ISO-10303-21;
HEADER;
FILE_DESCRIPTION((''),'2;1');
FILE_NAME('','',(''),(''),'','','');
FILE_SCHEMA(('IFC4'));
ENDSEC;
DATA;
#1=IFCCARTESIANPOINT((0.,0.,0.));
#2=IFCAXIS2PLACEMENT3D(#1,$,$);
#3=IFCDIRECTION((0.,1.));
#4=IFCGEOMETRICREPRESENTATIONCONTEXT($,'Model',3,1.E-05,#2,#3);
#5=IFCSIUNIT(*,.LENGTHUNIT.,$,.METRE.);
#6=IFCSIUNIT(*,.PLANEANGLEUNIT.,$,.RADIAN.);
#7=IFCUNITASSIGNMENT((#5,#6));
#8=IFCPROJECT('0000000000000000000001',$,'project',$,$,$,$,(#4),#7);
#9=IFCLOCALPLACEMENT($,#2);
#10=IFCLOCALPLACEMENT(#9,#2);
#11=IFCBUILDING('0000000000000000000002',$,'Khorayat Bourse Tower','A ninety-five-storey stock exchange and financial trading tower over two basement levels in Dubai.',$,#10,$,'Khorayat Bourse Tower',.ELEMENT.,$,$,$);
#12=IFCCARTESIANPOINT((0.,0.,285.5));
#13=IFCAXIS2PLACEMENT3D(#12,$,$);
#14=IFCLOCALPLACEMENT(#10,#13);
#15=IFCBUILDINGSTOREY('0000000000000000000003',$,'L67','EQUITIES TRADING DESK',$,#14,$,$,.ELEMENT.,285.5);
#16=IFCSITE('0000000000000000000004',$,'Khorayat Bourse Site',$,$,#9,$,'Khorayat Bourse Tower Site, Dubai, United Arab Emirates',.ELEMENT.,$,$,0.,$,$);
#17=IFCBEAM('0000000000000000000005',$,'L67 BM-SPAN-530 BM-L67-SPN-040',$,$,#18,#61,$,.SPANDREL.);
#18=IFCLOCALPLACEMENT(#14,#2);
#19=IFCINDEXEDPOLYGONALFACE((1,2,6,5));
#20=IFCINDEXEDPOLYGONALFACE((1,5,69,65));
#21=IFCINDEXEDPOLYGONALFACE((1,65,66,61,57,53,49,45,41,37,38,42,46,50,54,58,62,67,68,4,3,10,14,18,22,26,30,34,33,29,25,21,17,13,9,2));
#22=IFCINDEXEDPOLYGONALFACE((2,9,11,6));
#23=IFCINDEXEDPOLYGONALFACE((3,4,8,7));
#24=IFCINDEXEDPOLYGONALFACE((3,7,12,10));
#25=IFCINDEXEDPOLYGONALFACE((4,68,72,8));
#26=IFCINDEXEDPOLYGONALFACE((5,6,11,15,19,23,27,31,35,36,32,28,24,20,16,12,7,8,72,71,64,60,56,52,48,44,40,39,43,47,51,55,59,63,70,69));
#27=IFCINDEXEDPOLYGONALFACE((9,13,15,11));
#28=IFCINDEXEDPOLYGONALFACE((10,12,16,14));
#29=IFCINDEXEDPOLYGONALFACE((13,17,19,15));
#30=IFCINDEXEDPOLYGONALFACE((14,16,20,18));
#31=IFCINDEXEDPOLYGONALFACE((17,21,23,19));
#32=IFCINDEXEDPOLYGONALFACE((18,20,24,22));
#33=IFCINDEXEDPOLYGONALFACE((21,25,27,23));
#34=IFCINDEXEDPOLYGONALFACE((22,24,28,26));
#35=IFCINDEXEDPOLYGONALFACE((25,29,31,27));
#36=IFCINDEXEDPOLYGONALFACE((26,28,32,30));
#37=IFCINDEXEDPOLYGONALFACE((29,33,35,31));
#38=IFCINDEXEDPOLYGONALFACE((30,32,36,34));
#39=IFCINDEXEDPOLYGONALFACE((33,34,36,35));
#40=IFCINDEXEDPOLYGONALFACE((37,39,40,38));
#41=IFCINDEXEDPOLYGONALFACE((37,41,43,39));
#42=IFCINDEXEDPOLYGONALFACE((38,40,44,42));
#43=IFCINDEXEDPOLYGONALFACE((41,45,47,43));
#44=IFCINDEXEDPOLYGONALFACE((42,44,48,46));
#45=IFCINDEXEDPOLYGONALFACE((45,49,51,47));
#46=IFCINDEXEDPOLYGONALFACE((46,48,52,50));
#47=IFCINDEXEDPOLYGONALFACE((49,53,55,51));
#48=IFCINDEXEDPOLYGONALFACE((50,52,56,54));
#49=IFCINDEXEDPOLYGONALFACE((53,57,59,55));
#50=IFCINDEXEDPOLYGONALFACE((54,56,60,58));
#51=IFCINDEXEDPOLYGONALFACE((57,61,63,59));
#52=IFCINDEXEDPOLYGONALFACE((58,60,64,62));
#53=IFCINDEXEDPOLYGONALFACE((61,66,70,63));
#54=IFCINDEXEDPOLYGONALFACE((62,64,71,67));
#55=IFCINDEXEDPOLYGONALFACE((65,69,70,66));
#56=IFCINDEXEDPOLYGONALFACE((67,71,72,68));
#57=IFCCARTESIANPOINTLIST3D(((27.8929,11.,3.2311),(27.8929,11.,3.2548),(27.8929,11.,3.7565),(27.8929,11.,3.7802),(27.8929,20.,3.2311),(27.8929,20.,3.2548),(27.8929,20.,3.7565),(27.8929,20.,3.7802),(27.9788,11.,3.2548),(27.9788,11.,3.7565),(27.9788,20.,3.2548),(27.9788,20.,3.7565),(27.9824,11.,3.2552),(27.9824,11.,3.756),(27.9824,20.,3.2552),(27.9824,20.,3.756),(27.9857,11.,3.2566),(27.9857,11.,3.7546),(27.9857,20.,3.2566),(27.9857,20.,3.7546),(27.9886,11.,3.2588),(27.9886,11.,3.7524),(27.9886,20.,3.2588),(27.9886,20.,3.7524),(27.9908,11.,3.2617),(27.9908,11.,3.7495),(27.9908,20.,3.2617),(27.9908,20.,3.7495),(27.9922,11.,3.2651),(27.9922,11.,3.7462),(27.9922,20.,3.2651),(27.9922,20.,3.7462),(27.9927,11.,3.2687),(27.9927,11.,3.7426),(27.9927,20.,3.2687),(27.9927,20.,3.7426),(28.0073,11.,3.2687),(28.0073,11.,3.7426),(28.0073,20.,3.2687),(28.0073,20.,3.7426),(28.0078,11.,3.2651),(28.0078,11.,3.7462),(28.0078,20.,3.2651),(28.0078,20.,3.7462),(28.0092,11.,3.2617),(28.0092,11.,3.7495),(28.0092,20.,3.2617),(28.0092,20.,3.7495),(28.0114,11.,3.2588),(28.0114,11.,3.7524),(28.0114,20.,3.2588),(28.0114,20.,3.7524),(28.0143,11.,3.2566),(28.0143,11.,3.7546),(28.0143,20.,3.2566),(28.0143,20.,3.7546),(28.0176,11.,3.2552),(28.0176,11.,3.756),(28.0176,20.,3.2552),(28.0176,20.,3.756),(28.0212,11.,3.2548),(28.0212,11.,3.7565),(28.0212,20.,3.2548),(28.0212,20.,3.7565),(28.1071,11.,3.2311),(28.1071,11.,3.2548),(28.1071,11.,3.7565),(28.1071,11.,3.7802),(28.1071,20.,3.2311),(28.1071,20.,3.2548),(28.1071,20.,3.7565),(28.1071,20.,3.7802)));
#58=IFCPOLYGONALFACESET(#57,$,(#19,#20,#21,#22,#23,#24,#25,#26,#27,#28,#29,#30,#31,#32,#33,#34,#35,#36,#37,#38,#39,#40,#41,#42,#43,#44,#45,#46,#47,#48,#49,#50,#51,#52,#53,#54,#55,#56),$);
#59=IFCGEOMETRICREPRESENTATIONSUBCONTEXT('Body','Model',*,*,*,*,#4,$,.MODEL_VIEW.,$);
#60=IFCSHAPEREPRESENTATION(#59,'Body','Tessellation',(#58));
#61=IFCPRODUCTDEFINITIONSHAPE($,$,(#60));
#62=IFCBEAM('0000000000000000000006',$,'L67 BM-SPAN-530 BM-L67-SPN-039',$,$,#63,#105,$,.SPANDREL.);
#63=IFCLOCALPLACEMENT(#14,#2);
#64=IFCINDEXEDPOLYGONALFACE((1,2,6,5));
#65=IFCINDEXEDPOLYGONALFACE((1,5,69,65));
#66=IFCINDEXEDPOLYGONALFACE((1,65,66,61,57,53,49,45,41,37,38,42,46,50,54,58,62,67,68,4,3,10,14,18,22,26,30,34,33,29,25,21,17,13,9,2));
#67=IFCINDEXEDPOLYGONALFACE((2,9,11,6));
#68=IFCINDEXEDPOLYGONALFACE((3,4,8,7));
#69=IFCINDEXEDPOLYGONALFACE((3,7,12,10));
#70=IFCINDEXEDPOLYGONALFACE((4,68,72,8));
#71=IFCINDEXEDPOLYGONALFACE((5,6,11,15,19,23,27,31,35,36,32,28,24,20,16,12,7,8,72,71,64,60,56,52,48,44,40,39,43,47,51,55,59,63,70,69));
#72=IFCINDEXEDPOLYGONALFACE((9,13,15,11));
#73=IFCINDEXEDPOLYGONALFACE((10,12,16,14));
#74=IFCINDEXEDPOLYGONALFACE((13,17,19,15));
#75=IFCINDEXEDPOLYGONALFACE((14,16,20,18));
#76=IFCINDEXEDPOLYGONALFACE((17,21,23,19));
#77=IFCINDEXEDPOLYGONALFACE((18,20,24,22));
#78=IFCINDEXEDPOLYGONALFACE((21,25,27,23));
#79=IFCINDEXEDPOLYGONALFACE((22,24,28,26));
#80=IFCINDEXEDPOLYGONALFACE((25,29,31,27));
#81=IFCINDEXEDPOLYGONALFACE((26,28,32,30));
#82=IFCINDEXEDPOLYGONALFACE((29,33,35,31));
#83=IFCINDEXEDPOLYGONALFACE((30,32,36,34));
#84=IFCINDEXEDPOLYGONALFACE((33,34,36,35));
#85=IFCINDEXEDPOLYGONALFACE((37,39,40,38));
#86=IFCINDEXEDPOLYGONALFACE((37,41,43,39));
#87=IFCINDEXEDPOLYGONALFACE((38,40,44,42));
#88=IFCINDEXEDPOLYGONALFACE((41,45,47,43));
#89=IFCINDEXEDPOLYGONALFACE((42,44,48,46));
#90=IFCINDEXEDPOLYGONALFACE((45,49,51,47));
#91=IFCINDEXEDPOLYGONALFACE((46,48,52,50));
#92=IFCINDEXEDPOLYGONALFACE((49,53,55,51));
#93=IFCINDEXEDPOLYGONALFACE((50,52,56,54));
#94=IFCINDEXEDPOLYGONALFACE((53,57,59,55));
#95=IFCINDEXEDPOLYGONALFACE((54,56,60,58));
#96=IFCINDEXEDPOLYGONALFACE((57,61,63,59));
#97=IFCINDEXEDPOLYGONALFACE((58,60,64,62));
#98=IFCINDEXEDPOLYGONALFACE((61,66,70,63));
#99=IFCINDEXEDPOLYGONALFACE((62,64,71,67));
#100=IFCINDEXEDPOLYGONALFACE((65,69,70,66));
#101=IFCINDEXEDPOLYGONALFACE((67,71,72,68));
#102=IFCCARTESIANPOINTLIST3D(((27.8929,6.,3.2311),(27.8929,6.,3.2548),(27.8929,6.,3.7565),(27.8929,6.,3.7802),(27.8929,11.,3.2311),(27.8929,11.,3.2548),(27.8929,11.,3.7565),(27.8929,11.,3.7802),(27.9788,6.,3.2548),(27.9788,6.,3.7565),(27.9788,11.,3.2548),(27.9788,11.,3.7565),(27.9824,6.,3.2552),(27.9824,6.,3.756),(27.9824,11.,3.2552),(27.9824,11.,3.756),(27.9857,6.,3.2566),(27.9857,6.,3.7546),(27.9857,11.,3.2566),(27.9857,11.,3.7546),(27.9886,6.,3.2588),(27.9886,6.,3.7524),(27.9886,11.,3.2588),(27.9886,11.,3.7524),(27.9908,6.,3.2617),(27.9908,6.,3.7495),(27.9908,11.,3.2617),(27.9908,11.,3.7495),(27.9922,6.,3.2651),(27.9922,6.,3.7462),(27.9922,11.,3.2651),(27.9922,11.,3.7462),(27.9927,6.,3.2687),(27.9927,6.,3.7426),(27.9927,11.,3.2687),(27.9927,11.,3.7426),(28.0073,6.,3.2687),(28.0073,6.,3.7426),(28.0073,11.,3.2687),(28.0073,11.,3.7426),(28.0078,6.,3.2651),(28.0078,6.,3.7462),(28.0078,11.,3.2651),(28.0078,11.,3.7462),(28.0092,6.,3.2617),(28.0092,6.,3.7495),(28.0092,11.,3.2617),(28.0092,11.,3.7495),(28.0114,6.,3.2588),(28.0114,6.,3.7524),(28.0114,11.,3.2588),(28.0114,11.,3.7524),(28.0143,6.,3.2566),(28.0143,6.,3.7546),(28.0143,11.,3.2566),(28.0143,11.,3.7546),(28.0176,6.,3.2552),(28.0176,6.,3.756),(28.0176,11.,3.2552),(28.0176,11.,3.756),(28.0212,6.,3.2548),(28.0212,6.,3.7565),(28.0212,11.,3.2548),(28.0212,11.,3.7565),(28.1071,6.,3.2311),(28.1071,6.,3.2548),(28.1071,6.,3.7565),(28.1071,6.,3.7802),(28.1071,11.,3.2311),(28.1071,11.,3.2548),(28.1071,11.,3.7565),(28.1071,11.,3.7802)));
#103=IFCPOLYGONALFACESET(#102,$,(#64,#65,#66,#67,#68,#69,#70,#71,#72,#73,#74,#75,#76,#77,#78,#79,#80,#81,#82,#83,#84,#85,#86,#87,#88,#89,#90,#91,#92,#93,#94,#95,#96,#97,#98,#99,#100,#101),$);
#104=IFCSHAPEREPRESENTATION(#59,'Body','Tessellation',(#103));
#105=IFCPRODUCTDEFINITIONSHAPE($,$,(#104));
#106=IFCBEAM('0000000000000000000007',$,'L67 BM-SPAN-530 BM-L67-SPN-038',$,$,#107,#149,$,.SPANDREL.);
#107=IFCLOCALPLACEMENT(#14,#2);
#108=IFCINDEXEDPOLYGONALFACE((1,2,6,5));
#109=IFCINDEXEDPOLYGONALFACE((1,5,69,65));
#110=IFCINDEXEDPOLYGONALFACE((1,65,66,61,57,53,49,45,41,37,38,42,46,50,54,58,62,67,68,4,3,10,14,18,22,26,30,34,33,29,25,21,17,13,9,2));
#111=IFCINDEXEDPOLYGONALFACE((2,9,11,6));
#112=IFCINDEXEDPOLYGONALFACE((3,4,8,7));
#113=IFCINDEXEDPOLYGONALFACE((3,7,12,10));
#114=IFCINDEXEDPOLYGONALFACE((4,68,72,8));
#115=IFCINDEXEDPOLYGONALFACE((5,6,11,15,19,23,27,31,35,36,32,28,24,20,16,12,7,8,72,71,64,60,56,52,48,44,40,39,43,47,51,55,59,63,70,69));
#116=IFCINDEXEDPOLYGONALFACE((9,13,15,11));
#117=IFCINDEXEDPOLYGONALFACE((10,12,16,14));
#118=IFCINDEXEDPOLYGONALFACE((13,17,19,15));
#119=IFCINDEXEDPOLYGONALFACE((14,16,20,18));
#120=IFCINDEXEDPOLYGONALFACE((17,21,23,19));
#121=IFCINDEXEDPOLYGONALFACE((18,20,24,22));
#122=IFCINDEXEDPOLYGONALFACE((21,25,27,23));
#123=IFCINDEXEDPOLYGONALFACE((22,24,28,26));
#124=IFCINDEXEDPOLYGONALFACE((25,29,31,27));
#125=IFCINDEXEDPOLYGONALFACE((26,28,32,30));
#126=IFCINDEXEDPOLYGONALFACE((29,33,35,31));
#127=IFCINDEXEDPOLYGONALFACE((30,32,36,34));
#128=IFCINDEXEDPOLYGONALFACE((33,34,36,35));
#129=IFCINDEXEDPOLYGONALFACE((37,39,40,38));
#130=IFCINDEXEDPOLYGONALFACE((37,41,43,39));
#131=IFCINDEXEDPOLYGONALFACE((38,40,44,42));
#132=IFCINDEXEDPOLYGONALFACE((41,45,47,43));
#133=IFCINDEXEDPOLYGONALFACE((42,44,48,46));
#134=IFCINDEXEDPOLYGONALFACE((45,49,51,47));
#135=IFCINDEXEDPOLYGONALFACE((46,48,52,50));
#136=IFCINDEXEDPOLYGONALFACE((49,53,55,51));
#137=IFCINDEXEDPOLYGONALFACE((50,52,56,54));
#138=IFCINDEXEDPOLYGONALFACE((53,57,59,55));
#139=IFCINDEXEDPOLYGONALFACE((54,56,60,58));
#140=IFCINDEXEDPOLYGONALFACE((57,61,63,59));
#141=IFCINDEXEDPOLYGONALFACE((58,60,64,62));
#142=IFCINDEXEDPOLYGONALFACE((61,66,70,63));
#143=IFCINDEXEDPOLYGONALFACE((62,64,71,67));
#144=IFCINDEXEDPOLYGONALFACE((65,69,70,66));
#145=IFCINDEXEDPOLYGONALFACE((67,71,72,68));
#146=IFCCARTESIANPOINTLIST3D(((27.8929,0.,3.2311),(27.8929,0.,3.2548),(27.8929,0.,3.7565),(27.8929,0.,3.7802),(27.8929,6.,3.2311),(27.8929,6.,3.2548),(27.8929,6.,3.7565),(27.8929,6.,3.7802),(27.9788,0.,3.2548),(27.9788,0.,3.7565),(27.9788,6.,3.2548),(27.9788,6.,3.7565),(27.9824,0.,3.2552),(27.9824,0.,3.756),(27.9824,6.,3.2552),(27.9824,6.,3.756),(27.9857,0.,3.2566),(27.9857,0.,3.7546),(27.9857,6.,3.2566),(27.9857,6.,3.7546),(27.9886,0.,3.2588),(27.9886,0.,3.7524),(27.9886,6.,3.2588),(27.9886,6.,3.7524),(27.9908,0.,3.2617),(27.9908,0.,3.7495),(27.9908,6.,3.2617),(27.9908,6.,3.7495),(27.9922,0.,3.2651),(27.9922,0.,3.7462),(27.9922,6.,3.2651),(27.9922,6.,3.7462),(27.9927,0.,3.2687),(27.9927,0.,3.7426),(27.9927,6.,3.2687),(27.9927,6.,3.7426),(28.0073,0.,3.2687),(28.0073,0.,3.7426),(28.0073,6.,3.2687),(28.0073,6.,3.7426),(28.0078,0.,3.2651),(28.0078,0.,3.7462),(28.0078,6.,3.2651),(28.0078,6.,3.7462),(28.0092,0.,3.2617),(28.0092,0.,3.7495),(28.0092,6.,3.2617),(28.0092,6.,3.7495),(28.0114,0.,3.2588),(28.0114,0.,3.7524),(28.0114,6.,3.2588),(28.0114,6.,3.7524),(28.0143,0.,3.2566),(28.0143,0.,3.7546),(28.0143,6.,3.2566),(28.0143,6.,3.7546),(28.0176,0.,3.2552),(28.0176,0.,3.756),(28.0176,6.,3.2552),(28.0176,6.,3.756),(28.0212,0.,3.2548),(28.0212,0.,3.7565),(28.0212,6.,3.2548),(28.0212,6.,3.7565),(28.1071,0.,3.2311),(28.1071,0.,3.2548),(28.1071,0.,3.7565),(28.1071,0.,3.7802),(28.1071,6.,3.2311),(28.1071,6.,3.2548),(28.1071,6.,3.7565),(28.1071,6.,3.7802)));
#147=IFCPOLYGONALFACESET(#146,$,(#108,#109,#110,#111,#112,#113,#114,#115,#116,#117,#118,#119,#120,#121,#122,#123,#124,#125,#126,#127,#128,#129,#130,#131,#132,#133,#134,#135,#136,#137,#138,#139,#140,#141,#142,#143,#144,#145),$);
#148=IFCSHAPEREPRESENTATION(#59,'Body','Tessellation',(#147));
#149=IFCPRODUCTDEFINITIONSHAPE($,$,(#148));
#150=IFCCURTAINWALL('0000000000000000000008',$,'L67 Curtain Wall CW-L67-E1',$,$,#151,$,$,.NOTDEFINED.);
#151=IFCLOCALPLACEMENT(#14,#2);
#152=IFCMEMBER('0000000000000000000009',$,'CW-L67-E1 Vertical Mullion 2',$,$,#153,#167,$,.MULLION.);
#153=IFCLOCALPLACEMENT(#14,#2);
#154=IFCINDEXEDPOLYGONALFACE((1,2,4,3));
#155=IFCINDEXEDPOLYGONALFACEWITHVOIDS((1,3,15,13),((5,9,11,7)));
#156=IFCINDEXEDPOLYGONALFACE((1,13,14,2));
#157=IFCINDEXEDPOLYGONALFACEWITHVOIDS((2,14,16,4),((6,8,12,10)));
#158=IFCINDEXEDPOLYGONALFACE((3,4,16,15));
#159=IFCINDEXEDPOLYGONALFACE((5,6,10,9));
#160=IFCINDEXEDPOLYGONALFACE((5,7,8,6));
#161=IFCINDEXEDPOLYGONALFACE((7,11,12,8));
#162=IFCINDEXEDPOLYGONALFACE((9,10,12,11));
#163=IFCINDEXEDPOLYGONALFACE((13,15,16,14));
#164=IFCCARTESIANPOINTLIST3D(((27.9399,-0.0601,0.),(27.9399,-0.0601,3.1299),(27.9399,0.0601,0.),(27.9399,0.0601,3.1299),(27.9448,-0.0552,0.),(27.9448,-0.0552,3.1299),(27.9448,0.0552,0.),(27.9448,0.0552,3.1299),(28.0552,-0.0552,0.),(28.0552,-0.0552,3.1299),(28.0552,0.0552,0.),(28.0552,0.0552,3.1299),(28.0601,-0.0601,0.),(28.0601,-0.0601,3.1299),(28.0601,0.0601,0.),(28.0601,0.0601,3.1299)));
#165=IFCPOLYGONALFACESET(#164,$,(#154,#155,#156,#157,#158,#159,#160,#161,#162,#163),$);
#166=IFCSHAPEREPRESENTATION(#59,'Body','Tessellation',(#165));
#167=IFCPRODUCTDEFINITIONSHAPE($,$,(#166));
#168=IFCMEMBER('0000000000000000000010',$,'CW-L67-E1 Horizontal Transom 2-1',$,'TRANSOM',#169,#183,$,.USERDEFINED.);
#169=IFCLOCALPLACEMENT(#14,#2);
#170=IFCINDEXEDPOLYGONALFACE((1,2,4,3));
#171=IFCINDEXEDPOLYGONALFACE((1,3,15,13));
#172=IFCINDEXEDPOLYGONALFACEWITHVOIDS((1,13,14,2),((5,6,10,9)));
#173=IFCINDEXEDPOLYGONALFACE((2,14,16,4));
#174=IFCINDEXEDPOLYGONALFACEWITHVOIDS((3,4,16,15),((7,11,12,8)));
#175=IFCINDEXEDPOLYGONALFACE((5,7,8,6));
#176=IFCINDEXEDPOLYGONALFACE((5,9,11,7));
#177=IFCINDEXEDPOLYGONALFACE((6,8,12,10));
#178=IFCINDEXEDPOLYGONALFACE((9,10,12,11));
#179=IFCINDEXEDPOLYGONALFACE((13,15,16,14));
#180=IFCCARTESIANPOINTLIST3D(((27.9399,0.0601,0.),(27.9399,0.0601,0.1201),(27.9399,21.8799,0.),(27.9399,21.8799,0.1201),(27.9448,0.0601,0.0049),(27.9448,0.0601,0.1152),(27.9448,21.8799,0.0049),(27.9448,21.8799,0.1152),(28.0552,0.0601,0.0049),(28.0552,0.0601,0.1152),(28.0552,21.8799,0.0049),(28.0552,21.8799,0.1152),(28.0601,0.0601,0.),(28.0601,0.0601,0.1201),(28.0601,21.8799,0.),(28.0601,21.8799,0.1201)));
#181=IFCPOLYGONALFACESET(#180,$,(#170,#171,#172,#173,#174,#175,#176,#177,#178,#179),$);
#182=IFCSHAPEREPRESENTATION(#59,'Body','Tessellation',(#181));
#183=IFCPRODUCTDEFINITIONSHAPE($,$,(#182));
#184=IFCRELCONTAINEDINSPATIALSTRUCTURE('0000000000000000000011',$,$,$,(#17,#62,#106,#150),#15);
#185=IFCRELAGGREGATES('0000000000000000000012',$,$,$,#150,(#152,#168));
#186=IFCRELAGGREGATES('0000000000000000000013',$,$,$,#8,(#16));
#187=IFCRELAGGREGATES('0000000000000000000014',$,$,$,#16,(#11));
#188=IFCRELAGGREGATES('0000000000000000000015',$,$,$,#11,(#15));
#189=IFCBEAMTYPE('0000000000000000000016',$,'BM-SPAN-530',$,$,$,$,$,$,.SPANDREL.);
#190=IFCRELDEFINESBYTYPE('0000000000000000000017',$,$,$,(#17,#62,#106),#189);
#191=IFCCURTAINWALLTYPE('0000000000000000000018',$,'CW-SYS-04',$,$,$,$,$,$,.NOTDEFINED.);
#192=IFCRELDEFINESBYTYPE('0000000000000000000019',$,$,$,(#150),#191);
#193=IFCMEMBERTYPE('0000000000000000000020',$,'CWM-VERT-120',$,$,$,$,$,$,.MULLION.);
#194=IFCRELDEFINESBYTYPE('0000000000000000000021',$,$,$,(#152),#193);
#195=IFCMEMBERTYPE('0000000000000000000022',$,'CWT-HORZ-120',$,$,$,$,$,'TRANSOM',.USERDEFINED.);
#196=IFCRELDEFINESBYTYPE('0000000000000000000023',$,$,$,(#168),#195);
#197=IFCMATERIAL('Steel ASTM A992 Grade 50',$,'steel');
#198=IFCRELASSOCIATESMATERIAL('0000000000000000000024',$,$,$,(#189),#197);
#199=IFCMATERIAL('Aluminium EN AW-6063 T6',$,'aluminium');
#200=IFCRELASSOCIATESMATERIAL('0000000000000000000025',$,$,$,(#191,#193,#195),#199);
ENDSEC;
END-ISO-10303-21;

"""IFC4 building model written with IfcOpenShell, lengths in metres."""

from ifc_helpers import new_model, si_unit, direction, frame, origin, origin_2d, place, context, subcontext, project, spatial, hollow_rectangle, i_section, extrude, source, transform, mapped, material, material_profile, profile_set, type_object, element, aggregate, save


model = new_model("IFC4")

# Units and contexts
model_context = context("Model", 3, precision=1e-05, world=origin(), true_north=direction((0.0, 1.0)))
body_context = subcontext(model_context, "Body", "Model", "MODEL_VIEW")
ifc_project = project(units=[si_unit("LENGTHUNIT", "METRE"), si_unit("PLANEANGLEUNIT", "RADIAN")], contexts=[model_context])

# Site, building, storey
site_placement = place(None, origin())
site = spatial("IfcSite", under=ifc_project, at=site_placement, Name="Khorayat Bourse Site", LongName="Khorayat Bourse Tower Site, Dubai, United Arab Emirates", CompositionType="ELEMENT", RefElevation=0.0)
building_placement = place(site_placement, origin())
building = spatial("IfcBuilding", under=site, at=building_placement, Name="Khorayat Bourse Tower", Description="A ninety-five-storey stock exchange and financial trading tower over two basement levels in Dubai.", LongName="Khorayat Bourse Tower", CompositionType="ELEMENT")
storey_placement = place(building_placement, frame((0.0, 0.0, 285.5)))
storey = spatial("IfcBuildingStorey", under=building, at=storey_placement, Name="L67", Description="EQUITIES TRADING DESK", CompositionType="ELEMENT", Elevation=285.5)

# Shared definitions
ifc_material_1 = material(Name="Steel ASTM A992 Grade 50", Category="steel")

# Beams
ifc_material_profile_1 = material_profile(ifc_material_1, i_section(OverallWidth=0.2141, OverallDepth=0.5491, WebThickness=0.0146, FlangeThickness=0.0237, FilletRadius=0.0139, at=origin_2d()), Name="W530X138")
ifc_profile_set_1 = profile_set([ifc_material_profile_1], Name="Steel ASTM A992 Grade 50")
beam_type_1 = type_object("IfcBeamType", Name="BM-SPAN-530", PredefinedType="SPANDREL", material=ifc_profile_set_1)
shared_shape_1 = source(origin(), body_context, "Body", "SweptSolid", [
    extrude(i_section(OverallWidth=0.2141, OverallDepth=0.5491, WebThickness=0.0146, FlangeThickness=0.0237, FilletRadius=0.0139, at=origin_2d()), origin(), (0.0, 0.0, 1.0), 9.0),
])
beam_1_placement = place(storey_placement, frame((28.0, 11.0, 3.5056), z_axis=(0.0, 1.0, 0.0), x_axis=(-1.0, 0.0, 0.0)))
element("IfcBeam", 1, at=beam_1_placement, inside=storey, type_object=beam_type_1, Name="L67 BM-SPAN-530 BM-L67-SPN-040", PredefinedType="SPANDREL", context=body_context, shape_type="MappedRepresentation", body=[
    mapped(shared_shape_1, transform((0.0, 0.0, 0.0), scale=1.0)),
])
shared_shape_2 = source(origin(), body_context, "Body", "SweptSolid", [
    extrude(i_section(OverallWidth=0.2141, OverallDepth=0.5491, WebThickness=0.0146, FlangeThickness=0.0237, FilletRadius=0.0139, at=origin_2d()), origin(), (0.0, 0.0, 1.0), 5.0),
])
beam_2_placement = place(storey_placement, frame((28.0, 6.0, 3.5056), z_axis=(0.0, 1.0, 0.0), x_axis=(-1.0, 0.0, 0.0)))
element("IfcBeam", 2, at=beam_2_placement, inside=storey, type_object=beam_type_1, Name="L67 BM-SPAN-530 BM-L67-SPN-039", PredefinedType="SPANDREL", context=body_context, shape_type="MappedRepresentation", body=[
    mapped(shared_shape_2, transform((0.0, 0.0, 0.0), scale=1.0)),
])
shared_shape_3 = source(origin(), body_context, "Body", "SweptSolid", [
    extrude(i_section(OverallWidth=0.2141, OverallDepth=0.5491, WebThickness=0.0146, FlangeThickness=0.0237, FilletRadius=0.0139, at=origin_2d()), origin(), (0.0, 0.0, 1.0), 6.0),
])
beam_3_placement = place(storey_placement, frame((28.0, 0.0, 3.5056), z_axis=(0.0, 1.0, 0.0), x_axis=(-1.0, 0.0, 0.0)))
element("IfcBeam", 3, at=beam_3_placement, inside=storey, type_object=beam_type_1, Name="L67 BM-SPAN-530 BM-L67-SPN-038", PredefinedType="SPANDREL", context=body_context, shape_type="MappedRepresentation", body=[
    mapped(shared_shape_3, transform((0.0, 0.0, 0.0), scale=1.0)),
])

# Curtain wall, members
ifc_material_2 = material(Name="Aluminium EN AW-6063 T6", Category="aluminium")
curtain_wall_type = type_object("IfcCurtainWallType", Name="CW-SYS-04", PredefinedType="NOTDEFINED", material=ifc_material_2)
curtain_wall_placement = place(storey_placement, origin())
curtain_wall = element("IfcCurtainWall", 4, at=curtain_wall_placement, inside=storey, type_object=curtain_wall_type, Name="L67 Curtain Wall CW-L67-E1", PredefinedType="NOTDEFINED")
ifc_material_profile_2 = material_profile(ifc_material_2, hollow_rectangle(XDim=0.1201, YDim=0.1201, WallThickness=0.0049, at=origin_2d()), Name="ALU 120x120x5")
ifc_profile_set_2 = profile_set([ifc_material_profile_2], Name="Aluminium EN AW-6063 T6")
member_type_1 = type_object("IfcMemberType", Name="CWM-VERT-120", PredefinedType="MULLION", material=ifc_profile_set_2)
shared_shape_4 = source(origin(), body_context, "Body", "SweptSolid", [
    extrude(hollow_rectangle(XDim=0.1201, YDim=0.1201, WallThickness=0.0049, at=origin_2d()), origin(), (0.0, 0.0, 1.0), 3.1299),
])
member_1_placement = place(storey_placement, frame((28.0, 0.0, 0.0), z_axis=(0.0, 0.0, 1.0), x_axis=(-1.0, 0.0, 0.0)))
member_1 = element("IfcMember", 5, at=member_1_placement, type_object=member_type_1, Name="CW-L67-E1 Vertical Mullion 2", PredefinedType="MULLION", context=body_context, shape_type="MappedRepresentation", body=[
    mapped(shared_shape_4, transform((0.0, 0.0, 0.0), scale=1.0)),
])
ifc_material_profile_3 = material_profile(ifc_material_2, hollow_rectangle(XDim=0.1201, YDim=0.1201, WallThickness=0.0049, at=origin_2d()), Name="ALU 120x120x5")
ifc_profile_set_3 = profile_set([ifc_material_profile_3], Name="Aluminium EN AW-6063 T6")
member_type_2 = type_object("IfcMemberType", Name="CWT-HORZ-120", ElementType="TRANSOM", PredefinedType="USERDEFINED", material=ifc_profile_set_3)
shared_shape_5 = source(origin(), body_context, "Body", "SweptSolid", [
    extrude(hollow_rectangle(XDim=0.1201, YDim=0.1201, WallThickness=0.0049, at=origin_2d()), origin(), (0.0, 0.0, 1.0), 21.8198),
])
member_2_placement = place(storey_placement, frame((28.0, 0.0601, 0.0601), z_axis=(0.0, 1.0, 0.0), x_axis=(-1.0, 0.0, 0.0)))
member_2 = element("IfcMember", 6, at=member_2_placement, type_object=member_type_2, Name="CW-L67-E1 Horizontal Transom 2-1", ObjectType="TRANSOM", PredefinedType="USERDEFINED", context=body_context, shape_type="MappedRepresentation", body=[
    mapped(shared_shape_5, transform((0.0, 0.0, 0.0), scale=1.0)),
])

aggregate(curtain_wall, [member_1, member_2])

save(model, "model.ifc")
